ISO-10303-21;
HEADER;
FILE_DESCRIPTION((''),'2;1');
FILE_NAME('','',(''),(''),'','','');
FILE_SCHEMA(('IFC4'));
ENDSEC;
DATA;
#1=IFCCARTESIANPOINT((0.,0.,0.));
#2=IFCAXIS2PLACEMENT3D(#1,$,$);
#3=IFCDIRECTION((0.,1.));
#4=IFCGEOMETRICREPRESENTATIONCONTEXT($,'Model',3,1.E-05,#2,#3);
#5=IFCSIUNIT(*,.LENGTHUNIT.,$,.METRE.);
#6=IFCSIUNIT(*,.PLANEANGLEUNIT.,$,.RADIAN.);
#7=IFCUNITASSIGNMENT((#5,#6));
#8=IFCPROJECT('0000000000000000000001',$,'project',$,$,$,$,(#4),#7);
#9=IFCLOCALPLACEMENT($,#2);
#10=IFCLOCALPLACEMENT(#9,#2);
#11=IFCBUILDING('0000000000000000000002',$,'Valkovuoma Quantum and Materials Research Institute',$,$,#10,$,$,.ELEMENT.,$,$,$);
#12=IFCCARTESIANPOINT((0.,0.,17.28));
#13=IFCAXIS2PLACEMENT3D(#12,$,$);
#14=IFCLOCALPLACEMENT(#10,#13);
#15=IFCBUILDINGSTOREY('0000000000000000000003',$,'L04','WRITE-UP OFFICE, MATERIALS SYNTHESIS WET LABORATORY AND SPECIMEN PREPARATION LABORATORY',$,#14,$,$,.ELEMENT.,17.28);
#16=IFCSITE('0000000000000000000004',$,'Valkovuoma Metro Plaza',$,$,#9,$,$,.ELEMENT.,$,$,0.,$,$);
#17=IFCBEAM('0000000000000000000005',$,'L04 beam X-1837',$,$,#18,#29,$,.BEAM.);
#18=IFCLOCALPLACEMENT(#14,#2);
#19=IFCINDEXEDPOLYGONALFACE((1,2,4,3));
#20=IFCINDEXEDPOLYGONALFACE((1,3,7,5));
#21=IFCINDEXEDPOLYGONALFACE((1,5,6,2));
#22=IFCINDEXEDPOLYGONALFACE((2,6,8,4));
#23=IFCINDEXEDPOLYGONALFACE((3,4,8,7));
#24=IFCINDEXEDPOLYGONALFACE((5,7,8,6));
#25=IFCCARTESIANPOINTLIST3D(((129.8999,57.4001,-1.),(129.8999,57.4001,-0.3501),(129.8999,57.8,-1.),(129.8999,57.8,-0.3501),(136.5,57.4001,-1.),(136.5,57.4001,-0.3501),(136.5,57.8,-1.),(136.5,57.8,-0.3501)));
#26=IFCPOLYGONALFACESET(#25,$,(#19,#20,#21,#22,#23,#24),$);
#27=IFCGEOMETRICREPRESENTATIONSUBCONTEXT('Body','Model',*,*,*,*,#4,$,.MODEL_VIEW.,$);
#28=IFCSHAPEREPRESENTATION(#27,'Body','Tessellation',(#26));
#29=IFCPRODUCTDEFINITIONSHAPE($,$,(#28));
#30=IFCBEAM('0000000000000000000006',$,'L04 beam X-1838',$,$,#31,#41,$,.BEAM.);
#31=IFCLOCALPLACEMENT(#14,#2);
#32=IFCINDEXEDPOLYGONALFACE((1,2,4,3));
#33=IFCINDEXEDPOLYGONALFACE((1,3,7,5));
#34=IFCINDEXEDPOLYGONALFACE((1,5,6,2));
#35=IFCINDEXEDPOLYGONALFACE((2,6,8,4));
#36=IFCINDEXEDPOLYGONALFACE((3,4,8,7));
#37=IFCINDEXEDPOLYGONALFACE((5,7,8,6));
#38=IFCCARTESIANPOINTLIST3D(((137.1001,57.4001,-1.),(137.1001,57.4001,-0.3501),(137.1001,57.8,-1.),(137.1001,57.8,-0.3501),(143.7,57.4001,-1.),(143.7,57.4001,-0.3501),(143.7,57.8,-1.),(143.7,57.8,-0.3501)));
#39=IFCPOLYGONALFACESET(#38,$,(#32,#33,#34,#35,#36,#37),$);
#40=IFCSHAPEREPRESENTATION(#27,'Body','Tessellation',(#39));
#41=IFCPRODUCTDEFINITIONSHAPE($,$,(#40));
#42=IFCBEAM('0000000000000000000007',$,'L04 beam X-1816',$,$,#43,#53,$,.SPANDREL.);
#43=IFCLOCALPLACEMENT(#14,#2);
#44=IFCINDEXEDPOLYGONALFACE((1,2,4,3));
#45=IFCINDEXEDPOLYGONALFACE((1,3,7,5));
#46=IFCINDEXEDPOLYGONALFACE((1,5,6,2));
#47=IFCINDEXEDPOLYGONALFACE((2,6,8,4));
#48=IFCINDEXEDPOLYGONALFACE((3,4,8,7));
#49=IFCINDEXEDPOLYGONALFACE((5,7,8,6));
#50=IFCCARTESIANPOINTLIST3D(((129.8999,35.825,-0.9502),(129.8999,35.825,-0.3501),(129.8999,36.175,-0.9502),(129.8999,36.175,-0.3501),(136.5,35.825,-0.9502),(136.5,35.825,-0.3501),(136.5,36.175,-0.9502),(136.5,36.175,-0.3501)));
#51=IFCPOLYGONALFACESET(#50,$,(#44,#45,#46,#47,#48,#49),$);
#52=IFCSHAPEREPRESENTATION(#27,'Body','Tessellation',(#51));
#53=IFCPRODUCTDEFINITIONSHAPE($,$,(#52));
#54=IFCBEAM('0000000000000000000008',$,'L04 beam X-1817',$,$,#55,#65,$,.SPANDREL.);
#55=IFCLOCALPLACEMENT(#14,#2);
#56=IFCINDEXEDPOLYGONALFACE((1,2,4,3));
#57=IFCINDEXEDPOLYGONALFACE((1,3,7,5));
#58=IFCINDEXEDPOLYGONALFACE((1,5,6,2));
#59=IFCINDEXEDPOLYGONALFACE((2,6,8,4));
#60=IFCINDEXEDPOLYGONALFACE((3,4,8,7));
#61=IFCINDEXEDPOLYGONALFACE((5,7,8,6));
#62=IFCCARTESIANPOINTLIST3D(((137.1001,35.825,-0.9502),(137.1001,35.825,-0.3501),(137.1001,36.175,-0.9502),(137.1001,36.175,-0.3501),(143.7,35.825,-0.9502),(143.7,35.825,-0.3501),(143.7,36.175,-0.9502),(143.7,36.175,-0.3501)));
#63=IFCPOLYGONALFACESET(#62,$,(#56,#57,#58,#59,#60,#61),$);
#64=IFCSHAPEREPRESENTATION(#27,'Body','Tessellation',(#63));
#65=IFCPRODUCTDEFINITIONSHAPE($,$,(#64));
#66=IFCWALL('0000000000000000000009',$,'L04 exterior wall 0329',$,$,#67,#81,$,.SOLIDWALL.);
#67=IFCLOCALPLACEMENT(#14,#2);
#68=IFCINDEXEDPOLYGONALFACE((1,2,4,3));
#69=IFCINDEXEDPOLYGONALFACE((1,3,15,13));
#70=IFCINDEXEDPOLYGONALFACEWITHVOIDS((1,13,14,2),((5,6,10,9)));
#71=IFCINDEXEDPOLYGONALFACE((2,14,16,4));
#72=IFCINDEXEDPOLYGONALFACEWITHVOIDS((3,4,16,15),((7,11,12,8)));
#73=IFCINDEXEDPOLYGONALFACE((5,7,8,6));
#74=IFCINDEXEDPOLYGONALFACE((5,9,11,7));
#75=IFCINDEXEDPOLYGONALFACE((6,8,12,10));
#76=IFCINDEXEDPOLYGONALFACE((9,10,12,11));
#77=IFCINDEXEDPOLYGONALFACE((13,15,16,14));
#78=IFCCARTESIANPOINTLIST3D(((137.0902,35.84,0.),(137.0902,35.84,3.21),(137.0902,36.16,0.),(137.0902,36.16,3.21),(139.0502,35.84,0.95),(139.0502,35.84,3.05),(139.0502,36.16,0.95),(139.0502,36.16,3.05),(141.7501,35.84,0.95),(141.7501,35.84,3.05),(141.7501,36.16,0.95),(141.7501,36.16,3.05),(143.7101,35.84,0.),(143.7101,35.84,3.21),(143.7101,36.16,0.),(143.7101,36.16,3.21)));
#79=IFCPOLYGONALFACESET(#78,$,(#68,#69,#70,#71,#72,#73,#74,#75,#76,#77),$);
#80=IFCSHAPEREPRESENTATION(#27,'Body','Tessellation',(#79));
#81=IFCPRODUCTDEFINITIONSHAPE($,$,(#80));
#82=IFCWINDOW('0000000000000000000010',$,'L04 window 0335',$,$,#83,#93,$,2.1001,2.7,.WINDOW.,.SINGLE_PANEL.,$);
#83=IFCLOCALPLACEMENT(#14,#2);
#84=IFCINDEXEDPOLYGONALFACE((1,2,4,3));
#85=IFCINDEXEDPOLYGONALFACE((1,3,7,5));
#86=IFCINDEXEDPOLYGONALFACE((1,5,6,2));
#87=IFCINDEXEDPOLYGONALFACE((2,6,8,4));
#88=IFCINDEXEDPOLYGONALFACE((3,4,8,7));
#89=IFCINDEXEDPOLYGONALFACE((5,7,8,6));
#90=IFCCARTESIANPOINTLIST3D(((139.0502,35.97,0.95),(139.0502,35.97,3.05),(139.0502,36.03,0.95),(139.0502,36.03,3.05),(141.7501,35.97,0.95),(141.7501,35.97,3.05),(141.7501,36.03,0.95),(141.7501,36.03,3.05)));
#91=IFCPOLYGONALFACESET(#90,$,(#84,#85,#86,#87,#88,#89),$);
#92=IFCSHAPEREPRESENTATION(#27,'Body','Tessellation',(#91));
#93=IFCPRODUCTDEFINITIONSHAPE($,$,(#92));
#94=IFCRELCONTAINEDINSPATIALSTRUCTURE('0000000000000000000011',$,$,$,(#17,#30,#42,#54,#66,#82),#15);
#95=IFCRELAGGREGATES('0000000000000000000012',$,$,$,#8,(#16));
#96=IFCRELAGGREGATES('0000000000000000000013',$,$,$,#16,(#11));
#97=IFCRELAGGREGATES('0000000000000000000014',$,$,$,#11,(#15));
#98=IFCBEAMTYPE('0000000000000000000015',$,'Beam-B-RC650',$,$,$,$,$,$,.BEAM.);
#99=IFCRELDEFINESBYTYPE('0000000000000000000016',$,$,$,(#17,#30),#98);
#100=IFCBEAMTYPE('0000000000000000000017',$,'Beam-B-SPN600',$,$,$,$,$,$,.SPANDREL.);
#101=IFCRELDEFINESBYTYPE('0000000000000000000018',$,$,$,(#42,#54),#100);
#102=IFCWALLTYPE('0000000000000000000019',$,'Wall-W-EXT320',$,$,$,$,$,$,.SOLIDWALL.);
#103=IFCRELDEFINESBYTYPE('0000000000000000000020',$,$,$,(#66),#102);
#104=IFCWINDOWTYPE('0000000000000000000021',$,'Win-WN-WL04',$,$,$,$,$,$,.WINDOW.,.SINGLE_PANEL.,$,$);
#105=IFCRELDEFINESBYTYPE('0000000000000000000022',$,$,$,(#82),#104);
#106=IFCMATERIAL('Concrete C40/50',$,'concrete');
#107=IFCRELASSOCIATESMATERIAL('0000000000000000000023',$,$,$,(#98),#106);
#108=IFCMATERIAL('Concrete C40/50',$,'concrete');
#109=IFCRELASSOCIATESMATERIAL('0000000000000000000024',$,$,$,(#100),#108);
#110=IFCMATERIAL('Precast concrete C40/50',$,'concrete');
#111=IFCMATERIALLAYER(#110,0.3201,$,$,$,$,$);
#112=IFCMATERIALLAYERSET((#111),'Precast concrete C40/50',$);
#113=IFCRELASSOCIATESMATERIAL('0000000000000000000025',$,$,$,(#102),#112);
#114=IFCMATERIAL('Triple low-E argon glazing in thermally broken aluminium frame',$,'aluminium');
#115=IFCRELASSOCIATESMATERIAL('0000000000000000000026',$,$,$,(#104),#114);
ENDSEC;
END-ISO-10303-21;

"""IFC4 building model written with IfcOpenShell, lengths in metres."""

from ifc_helpers import new_model, si_unit, direction, frame, frame_2d, origin, origin_2d, place, context, subcontext, project, spatial, rectangle, extrude, material, layer, layer_set, material_profile, profile_set, type_object, element, fill, save


model = new_model("IFC4")

# Units and contexts
model_context = context("Model", 3, precision=1e-05, world=origin(), true_north=direction((0.0, 1.0)))
body_context = subcontext(model_context, "Body", "Model", "MODEL_VIEW")
ifc_project = project(units=[si_unit("LENGTHUNIT", "METRE"), si_unit("PLANEANGLEUNIT", "RADIAN")], contexts=[model_context])

# Site, building, storey
site_placement = place(None, origin())
site = spatial("IfcSite", under=ifc_project, at=site_placement, Name="Valkovuoma Metro Plaza", CompositionType="ELEMENT", RefElevation=0.0)
building_placement = place(site_placement, origin())
building = spatial("IfcBuilding", under=site, at=building_placement, Name="Valkovuoma Quantum and Materials Research Institute", CompositionType="ELEMENT")
storey_placement = place(building_placement, frame((0.0, 0.0, 17.28)))
storey = spatial("IfcBuildingStorey", under=building, at=storey_placement, Name="L04", Description="WRITE-UP OFFICE, MATERIALS SYNTHESIS WET LABORATORY AND SPECIMEN PREPARATION LABORATORY", CompositionType="ELEMENT", Elevation=17.28)

# Beams
ifc_material_1 = material(Name="Concrete C40/50", Category="concrete")
ifc_material_profile_1 = material_profile(ifc_material_1, rectangle(XDim=0.3999, YDim=0.6499, at=origin_2d()), Name="Concrete C40/50")
ifc_profile_set_1 = profile_set([ifc_material_profile_1], Name="Concrete C40/50")
beam_type_1 = type_object("IfcBeamType", Name="Beam-B-RC650", PredefinedType="BEAM", material=ifc_profile_set_1)
beam_1_placement = place(storey_placement, frame((129.8999, 57.6001, -0.675), z_axis=(1.0, 0.0, 0.0), x_axis=(0.0, 1.0, 0.0)))
element("IfcBeam", 1, at=beam_1_placement, inside=storey, type_object=beam_type_1, Name="L04 beam X-1837", PredefinedType="BEAM", context=body_context, shape_type="SweptSolid", body=[
    extrude(rectangle(XDim=0.3999, YDim=0.6499, at=origin_2d()), origin(), (0.0, 0.0, 1.0), 6.6001),
])
beam_2_placement = place(storey_placement, frame((137.1001, 57.6001, -0.675), z_axis=(1.0, 0.0, 0.0), x_axis=(0.0, 1.0, 0.0)))
element("IfcBeam", 2, at=beam_2_placement, inside=storey, type_object=beam_type_1, Name="L04 beam X-1838", PredefinedType="BEAM", context=body_context, shape_type="SweptSolid", body=[
    extrude(rectangle(XDim=0.3999, YDim=0.6499, at=origin_2d()), origin(), (0.0, 0.0, 1.0), 6.5999),
])
ifc_material_2 = material(Name="Concrete C40/50", Category="concrete")
ifc_material_profile_2 = material_profile(ifc_material_2, rectangle(XDim=0.3501, YDim=0.6001, at=origin_2d()), Name="Concrete C40/50")
ifc_profile_set_2 = profile_set([ifc_material_profile_2], Name="Concrete C40/50")
beam_type_2 = type_object("IfcBeamType", Name="Beam-B-SPN600", PredefinedType="SPANDREL", material=ifc_profile_set_2)
beam_3_placement = place(storey_placement, frame((129.8999, 36.0, -0.6501), z_axis=(1.0, 0.0, 0.0), x_axis=(0.0, 1.0, 0.0)))
element("IfcBeam", 3, at=beam_3_placement, inside=storey, type_object=beam_type_2, Name="L04 beam X-1816", PredefinedType="SPANDREL", context=body_context, shape_type="SweptSolid", body=[
    extrude(rectangle(XDim=0.3501, YDim=0.6001, at=origin_2d()), origin(), (0.0, 0.0, 1.0), 6.6001),
])
beam_4_placement = place(storey_placement, frame((137.1001, 36.0, -0.6501), z_axis=(1.0, 0.0, 0.0), x_axis=(0.0, 1.0, 0.0)))
element("IfcBeam", 4, at=beam_4_placement, inside=storey, type_object=beam_type_2, Name="L04 beam X-1817", PredefinedType="SPANDREL", context=body_context, shape_type="SweptSolid", body=[
    extrude(rectangle(XDim=0.3501, YDim=0.6001, at=origin_2d()), origin(), (0.0, 0.0, 1.0), 6.5999),
])

# Wall, opening, window
ifc_material_3 = material(Name="Precast concrete C40/50", Category="concrete")
ifc_layer = layer(ifc_material_3, 0.3201)
ifc_layer_set = layer_set([ifc_layer], Name="Precast concrete C40/50")
wall_type = type_object("IfcWallType", Name="Wall-W-EXT320", PredefinedType="SOLIDWALL", material=ifc_layer_set)
wall_placement = place(storey_placement, frame((137.0901, 36.0, 0.0), z_axis=(0.0, 0.0, 1.0), x_axis=(1.0, 0.0, 0.0)))
wall = element("IfcWall", 5, at=wall_placement, inside=storey, type_object=wall_type, Name="L04 exterior wall 0329", PredefinedType="SOLIDWALL", context=body_context, shape_type="SweptSolid", body=[
    extrude(rectangle(XDim=6.6199, YDim=0.3201, at=frame_2d((3.3101, 0.0))), origin(), (0.0, 0.0, 1.0), 3.21),
])
opening_placement = place(wall_placement, frame((1.96, 0.0, 0.95)))
opening = element("IfcOpeningElement", 6, at=opening_placement, cuts=wall, PredefinedType="OPENING", context=body_context, shape_type="SweptSolid", body=[
    extrude(rectangle(XDim=2.7, YDim=2.1001, at=frame_2d((1.3501, 1.05))), frame((0.0, 0.1699, 0.0), z_axis=(0.0, -1.0, 0.0), x_axis=(1.0, 0.0, 0.0)), (0.0, 0.0, 1.0), 0.3401),
])
ifc_material_4 = material(Name="Triple low-E argon glazing in thermally broken aluminium frame", Category="aluminium")
window_type = type_object("IfcWindowType", Name="Win-WN-WL04", PartitioningType="SINGLE_PANEL", PredefinedType="WINDOW", material=ifc_material_4)
window_placement = place(opening_placement, origin())
window = element("IfcWindow", 7, at=window_placement, inside=storey, type_object=window_type, Name="L04 window 0335", OverallHeight=2.1001, OverallWidth=2.7, PartitioningType="SINGLE_PANEL", PredefinedType="WINDOW", context=body_context, shape_type="SweptSolid", body=[
    extrude(rectangle(XDim=2.7, YDim=2.1001, at=frame_2d((1.3501, 1.05))), frame((0.0, 0.03, 0.0), z_axis=(0.0, -1.0, 0.0), x_axis=(1.0, 0.0, 0.0)), (0.0, 0.0, 1.0), 0.0601),
])
fill(opening, window)

save(model, "model.ifc")
